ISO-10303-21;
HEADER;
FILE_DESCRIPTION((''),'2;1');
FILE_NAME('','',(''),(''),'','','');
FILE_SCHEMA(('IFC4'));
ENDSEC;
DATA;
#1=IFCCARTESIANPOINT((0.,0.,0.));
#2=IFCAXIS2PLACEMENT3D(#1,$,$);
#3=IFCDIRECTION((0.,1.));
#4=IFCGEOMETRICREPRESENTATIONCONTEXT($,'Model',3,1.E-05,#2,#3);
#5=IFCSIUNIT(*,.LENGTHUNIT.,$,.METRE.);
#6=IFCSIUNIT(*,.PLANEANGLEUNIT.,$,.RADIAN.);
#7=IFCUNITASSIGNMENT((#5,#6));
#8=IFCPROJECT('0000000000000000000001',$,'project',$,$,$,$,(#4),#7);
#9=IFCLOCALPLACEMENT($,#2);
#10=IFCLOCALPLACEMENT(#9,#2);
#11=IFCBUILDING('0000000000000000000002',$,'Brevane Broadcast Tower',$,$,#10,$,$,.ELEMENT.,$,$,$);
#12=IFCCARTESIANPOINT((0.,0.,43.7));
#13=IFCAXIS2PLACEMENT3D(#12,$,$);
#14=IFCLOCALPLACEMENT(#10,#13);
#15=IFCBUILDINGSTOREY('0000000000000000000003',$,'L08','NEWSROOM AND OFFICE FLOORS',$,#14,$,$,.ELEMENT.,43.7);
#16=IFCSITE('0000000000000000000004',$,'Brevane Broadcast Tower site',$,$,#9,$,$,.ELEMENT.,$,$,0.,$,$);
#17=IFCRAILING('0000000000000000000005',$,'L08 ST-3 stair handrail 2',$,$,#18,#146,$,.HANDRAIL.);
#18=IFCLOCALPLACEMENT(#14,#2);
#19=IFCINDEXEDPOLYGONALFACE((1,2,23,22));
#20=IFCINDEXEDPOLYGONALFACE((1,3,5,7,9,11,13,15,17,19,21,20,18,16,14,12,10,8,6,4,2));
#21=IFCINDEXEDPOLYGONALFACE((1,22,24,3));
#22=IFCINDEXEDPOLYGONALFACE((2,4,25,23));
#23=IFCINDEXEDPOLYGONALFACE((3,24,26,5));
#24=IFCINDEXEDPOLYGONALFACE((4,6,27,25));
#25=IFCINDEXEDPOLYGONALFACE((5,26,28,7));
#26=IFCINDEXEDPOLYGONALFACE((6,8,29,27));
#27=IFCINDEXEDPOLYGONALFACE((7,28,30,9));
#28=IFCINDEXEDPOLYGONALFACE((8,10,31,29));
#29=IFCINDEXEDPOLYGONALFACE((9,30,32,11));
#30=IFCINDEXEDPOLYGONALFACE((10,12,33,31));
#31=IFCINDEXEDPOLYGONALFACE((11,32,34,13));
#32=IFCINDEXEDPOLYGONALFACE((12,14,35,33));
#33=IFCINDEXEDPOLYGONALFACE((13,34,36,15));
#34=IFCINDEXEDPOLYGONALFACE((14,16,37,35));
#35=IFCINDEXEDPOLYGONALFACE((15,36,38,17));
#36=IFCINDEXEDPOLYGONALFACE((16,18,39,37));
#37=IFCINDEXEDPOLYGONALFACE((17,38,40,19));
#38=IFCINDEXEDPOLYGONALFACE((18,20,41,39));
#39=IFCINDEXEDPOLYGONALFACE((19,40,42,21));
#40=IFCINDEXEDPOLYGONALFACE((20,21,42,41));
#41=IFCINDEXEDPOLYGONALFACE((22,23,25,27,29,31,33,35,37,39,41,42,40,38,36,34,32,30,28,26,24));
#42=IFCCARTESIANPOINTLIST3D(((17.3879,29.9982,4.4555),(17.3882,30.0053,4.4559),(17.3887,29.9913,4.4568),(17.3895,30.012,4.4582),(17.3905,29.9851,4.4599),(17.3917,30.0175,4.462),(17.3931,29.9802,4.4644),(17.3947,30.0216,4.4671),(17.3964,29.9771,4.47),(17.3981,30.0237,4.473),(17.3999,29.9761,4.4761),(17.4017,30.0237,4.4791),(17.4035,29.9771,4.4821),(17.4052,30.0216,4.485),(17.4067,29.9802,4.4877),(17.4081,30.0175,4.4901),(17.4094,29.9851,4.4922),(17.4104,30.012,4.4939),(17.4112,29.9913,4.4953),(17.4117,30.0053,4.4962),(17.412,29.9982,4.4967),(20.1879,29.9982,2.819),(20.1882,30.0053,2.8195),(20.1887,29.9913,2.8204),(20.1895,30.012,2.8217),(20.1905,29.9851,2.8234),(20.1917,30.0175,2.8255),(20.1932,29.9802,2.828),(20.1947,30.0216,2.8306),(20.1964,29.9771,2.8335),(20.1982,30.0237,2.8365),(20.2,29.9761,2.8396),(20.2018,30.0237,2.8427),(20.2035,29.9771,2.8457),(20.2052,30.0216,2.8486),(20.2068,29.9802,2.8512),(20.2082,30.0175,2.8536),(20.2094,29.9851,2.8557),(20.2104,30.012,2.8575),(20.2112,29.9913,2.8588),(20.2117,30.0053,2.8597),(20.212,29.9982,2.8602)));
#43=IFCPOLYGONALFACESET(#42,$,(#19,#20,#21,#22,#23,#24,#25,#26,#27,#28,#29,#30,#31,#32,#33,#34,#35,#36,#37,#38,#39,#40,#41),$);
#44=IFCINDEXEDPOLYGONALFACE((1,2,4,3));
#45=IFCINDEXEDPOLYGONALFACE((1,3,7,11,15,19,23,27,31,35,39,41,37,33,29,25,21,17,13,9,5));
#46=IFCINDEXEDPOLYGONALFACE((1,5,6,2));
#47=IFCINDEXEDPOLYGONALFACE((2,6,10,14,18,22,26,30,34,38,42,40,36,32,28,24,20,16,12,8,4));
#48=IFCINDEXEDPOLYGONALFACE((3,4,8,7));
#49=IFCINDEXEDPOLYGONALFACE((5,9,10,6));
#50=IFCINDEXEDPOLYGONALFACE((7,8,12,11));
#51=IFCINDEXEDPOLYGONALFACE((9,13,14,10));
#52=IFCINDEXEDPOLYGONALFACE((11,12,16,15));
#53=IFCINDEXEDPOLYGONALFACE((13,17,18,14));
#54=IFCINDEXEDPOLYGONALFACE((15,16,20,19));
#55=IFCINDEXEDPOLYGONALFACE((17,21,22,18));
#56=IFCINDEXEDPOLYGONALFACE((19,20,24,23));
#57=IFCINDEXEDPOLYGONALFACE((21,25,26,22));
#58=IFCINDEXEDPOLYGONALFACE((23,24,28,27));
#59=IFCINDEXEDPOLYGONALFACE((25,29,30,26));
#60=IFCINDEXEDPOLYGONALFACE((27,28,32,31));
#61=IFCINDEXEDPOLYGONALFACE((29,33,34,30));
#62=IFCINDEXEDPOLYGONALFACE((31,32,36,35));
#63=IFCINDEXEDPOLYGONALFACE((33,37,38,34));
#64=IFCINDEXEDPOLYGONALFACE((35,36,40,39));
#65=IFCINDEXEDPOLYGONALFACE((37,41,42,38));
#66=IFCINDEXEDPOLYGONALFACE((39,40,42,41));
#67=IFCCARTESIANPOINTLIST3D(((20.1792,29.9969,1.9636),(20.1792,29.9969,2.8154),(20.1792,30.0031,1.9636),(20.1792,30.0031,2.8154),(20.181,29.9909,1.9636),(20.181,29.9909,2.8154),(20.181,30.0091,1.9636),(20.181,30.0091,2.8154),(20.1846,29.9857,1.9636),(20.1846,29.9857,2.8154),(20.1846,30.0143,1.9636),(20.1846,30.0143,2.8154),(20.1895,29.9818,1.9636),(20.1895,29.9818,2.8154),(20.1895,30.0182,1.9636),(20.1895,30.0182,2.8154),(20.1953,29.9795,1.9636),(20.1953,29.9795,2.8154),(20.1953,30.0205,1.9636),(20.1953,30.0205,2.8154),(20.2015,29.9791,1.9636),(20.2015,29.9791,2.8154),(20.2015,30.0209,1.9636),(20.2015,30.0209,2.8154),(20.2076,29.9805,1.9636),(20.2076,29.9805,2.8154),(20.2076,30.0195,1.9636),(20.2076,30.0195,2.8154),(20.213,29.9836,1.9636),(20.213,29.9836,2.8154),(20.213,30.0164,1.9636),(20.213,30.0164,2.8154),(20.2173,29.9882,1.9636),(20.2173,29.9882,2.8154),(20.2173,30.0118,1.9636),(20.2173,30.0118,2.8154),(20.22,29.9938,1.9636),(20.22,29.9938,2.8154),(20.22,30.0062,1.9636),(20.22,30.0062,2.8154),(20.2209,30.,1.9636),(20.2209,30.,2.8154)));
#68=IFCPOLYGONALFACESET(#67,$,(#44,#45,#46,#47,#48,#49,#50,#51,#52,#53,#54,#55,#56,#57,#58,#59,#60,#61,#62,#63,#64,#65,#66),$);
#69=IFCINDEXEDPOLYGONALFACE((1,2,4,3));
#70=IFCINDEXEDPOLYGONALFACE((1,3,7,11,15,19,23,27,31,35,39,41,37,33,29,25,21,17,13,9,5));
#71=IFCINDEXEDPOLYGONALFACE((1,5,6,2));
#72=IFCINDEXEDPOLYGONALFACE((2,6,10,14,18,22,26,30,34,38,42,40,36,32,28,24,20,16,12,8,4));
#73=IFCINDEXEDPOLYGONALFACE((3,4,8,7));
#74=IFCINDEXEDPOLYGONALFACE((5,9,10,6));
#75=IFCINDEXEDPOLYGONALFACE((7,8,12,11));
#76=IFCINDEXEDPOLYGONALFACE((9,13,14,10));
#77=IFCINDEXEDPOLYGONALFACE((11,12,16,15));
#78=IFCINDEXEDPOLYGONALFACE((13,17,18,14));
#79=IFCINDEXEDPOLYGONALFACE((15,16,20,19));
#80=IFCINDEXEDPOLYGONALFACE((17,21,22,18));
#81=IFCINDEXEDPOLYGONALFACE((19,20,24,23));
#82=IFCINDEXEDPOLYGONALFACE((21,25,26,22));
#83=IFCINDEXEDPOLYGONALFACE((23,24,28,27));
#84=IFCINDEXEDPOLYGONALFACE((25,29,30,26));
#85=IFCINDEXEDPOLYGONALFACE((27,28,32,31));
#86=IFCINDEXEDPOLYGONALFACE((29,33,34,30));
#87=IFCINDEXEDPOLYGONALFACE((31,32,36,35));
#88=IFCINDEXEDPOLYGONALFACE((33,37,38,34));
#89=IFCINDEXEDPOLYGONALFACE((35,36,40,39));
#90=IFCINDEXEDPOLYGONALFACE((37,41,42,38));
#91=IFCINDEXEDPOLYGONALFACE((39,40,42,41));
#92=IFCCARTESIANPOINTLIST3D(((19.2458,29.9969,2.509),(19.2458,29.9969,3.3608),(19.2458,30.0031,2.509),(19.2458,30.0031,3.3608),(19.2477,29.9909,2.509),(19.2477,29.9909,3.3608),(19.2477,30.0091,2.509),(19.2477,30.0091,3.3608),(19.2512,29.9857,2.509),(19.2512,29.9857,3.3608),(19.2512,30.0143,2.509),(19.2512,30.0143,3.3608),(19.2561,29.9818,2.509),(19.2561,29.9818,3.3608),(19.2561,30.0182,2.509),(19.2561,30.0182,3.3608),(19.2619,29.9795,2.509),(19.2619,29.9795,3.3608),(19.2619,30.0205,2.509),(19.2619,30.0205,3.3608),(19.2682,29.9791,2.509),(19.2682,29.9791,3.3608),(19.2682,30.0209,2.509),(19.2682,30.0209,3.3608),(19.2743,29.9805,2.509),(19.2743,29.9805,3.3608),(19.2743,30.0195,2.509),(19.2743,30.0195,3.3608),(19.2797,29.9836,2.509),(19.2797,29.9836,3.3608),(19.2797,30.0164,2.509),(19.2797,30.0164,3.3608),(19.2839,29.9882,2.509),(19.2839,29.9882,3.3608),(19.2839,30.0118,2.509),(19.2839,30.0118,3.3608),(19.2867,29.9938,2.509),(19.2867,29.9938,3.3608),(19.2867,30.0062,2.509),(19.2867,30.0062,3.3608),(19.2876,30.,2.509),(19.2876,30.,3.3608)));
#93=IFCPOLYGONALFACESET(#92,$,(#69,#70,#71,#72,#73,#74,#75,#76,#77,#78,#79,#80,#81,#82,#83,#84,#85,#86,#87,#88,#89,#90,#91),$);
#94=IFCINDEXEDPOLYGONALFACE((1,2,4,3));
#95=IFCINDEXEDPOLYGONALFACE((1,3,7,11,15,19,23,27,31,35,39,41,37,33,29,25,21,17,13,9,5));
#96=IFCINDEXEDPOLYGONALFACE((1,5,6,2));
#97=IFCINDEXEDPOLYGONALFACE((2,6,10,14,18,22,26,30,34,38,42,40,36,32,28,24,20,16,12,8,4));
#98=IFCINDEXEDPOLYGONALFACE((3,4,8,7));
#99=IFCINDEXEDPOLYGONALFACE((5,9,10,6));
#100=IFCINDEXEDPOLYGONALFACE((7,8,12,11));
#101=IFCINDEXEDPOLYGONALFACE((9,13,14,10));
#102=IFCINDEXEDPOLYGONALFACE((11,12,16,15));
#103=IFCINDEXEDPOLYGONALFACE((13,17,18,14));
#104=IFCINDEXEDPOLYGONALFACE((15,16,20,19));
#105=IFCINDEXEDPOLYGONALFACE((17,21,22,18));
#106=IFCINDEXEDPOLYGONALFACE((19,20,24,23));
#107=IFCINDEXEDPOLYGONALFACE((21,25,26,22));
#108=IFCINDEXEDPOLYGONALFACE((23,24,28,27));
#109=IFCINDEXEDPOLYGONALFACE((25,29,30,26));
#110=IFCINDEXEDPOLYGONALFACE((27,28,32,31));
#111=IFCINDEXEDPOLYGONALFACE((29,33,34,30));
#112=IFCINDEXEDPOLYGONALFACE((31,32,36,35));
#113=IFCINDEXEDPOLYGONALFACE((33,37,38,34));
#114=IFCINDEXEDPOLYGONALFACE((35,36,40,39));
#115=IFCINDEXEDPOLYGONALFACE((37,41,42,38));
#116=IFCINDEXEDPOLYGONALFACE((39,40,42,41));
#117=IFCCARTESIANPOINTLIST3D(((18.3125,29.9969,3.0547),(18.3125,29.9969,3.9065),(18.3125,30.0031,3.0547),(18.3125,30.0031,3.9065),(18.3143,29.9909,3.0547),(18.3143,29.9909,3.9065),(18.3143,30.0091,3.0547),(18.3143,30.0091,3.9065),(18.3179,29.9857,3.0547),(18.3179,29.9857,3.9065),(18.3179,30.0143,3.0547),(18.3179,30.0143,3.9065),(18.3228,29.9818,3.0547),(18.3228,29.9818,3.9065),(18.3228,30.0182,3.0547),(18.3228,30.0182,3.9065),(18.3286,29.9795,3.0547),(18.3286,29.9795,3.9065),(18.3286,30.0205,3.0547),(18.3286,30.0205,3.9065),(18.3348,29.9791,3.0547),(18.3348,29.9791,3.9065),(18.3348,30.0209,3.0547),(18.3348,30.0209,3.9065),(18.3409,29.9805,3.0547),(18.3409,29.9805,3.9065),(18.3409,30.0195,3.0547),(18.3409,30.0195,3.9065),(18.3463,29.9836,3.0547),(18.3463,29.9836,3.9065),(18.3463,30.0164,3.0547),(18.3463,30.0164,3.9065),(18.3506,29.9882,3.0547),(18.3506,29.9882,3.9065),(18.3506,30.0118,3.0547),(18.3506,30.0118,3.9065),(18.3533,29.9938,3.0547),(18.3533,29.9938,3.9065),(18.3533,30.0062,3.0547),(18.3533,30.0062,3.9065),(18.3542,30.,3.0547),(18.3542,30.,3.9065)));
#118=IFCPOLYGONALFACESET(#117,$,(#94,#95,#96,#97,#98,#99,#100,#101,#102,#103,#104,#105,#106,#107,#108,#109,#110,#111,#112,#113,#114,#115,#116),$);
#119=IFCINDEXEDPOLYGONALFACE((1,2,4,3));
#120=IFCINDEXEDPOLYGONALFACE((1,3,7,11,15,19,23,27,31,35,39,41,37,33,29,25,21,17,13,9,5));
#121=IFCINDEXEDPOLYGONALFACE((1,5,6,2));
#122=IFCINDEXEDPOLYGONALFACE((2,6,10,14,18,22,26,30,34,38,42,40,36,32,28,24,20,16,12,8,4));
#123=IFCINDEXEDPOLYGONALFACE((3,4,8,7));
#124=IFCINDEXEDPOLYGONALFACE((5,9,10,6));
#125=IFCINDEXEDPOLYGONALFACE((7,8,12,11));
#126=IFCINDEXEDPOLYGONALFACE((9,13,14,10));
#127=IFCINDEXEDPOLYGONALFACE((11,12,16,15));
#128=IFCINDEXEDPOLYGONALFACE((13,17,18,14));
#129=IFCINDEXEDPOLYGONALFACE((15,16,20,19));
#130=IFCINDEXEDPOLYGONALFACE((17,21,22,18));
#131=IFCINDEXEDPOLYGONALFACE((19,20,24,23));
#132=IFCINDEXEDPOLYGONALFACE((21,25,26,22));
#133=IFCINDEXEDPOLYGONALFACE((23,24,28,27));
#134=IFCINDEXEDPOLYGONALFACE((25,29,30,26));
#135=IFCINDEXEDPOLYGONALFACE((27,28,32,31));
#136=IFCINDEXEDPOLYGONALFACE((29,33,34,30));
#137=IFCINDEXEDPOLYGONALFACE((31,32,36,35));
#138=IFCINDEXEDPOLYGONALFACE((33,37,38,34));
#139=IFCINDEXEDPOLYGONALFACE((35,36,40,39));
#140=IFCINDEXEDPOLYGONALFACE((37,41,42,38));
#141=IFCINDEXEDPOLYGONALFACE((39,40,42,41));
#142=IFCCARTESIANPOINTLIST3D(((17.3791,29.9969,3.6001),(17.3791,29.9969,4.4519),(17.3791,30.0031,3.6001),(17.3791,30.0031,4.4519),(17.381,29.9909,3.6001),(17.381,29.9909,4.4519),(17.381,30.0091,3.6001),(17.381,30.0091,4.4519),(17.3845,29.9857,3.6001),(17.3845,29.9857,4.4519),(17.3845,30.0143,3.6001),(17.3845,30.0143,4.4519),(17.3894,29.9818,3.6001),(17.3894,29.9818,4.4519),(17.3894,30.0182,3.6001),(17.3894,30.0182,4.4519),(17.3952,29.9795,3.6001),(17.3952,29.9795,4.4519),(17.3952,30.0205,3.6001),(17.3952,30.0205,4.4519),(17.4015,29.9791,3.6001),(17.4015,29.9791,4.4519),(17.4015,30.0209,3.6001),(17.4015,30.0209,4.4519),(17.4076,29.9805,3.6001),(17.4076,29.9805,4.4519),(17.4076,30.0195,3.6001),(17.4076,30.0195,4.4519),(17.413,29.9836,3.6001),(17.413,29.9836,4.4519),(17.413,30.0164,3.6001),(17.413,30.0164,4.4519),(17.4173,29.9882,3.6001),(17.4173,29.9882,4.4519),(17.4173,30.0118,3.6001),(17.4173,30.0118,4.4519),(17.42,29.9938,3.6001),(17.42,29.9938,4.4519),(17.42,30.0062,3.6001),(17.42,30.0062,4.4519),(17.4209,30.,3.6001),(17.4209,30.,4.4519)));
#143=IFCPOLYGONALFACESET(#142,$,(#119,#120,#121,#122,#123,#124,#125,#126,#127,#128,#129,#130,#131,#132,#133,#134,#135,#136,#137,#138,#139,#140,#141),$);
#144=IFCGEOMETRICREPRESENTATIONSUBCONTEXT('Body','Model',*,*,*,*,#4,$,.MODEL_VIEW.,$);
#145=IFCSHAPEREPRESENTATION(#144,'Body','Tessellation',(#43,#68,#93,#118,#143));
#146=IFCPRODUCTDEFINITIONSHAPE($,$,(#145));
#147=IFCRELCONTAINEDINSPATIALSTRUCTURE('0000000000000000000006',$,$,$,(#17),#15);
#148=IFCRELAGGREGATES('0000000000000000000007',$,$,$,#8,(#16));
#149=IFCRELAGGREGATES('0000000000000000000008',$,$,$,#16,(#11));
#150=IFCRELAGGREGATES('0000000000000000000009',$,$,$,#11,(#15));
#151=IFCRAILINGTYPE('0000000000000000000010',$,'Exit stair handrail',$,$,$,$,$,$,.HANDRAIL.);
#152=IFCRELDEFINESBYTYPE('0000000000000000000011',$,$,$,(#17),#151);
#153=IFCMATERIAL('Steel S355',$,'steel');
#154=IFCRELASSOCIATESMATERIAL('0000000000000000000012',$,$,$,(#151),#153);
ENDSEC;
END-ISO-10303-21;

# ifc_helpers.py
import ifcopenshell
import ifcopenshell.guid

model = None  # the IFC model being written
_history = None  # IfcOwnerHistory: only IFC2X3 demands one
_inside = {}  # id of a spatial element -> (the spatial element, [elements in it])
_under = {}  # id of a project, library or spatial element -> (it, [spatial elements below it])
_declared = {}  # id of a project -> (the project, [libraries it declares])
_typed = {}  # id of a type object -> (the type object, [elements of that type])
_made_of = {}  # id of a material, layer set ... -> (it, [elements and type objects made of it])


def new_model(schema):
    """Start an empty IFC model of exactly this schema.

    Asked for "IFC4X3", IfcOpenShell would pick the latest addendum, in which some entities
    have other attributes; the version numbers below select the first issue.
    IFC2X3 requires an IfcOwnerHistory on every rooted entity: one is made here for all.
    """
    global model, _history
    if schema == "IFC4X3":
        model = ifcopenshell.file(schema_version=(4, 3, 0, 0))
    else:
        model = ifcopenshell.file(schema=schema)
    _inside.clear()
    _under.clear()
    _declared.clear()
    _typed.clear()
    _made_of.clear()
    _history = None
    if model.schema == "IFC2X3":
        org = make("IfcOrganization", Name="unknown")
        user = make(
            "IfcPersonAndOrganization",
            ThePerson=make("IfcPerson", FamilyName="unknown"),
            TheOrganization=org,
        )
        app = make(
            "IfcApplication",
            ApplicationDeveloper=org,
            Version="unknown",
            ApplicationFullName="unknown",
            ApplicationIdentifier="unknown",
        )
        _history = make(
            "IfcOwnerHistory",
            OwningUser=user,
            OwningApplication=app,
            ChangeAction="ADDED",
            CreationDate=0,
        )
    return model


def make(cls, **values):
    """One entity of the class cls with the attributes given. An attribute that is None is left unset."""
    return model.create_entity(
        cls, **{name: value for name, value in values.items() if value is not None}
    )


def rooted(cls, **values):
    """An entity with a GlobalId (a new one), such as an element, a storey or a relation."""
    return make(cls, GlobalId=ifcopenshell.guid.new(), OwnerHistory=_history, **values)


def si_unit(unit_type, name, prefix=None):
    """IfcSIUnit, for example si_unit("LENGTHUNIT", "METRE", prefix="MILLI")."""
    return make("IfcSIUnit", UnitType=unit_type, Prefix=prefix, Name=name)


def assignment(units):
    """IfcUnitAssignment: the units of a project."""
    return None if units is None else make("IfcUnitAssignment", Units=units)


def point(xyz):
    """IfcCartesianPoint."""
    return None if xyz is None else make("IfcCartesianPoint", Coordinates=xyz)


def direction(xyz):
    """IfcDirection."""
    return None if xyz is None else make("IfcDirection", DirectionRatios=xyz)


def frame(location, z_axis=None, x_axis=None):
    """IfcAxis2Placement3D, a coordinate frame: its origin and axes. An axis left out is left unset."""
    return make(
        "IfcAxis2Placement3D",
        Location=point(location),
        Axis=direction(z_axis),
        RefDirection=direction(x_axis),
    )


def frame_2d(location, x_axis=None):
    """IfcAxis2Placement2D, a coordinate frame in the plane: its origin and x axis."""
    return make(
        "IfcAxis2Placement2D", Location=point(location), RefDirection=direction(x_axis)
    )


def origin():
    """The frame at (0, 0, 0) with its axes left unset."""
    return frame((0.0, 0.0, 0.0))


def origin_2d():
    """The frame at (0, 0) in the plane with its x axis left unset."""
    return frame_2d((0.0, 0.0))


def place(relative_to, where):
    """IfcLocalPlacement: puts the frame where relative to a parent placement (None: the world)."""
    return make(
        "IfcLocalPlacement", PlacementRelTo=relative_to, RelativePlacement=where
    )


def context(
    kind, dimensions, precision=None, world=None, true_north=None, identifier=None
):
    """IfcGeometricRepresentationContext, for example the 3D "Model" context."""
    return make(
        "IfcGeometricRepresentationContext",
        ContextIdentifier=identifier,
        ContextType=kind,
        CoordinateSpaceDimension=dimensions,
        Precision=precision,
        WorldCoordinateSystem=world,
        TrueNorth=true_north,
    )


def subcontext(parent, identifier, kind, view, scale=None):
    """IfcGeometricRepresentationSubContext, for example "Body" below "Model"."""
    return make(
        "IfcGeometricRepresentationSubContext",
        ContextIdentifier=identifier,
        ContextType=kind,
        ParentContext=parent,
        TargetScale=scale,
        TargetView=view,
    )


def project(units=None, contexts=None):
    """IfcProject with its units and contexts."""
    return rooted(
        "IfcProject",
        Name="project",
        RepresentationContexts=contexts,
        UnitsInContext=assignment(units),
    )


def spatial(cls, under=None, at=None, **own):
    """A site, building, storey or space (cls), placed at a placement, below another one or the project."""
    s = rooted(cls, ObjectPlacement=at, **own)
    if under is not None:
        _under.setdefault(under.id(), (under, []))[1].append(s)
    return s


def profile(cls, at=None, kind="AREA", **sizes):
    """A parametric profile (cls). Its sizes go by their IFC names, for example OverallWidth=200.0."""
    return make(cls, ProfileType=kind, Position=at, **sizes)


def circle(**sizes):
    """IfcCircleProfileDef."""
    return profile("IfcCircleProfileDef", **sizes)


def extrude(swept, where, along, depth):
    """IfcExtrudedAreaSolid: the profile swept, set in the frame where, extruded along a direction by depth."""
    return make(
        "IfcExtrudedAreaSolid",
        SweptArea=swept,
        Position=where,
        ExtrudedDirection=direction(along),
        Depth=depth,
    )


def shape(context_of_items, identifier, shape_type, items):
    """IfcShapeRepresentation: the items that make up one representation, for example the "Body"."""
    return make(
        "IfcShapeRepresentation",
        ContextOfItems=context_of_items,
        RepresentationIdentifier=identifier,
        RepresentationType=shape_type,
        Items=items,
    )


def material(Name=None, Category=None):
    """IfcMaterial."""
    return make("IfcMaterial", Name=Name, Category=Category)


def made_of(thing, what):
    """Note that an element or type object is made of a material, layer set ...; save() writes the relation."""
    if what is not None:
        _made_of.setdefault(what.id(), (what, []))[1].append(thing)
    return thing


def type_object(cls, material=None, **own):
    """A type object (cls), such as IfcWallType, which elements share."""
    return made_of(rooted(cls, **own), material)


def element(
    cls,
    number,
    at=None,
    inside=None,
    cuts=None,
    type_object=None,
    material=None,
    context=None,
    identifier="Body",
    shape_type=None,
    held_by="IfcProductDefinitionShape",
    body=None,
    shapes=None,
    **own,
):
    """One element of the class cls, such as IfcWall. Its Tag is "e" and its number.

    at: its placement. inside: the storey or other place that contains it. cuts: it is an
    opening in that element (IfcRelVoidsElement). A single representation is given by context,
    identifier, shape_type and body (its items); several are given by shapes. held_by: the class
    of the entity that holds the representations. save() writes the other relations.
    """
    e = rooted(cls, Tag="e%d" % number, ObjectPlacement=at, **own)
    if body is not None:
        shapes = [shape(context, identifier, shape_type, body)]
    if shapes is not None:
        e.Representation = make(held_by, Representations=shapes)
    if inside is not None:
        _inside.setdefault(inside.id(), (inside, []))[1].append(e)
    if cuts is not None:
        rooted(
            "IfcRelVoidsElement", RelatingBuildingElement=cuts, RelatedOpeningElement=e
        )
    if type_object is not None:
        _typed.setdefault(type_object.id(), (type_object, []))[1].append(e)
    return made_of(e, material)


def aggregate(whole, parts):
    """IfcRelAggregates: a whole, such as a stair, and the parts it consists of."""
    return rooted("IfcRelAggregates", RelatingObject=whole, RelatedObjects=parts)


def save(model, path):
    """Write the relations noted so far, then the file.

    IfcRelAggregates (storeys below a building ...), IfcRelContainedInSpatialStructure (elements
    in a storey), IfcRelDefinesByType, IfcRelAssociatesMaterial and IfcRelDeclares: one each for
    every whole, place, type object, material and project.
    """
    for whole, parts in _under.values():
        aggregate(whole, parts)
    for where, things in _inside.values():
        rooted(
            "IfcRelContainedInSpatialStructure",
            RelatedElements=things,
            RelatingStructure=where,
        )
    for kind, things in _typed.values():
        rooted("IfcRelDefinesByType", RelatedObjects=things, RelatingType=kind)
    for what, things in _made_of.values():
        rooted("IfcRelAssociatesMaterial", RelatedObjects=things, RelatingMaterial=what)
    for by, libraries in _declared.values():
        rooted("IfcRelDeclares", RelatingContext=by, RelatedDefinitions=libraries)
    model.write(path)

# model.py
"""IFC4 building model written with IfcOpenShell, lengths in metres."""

from ifc_helpers import new_model, si_unit, direction, frame, origin, origin_2d, place, context, subcontext, project, spatial, circle, extrude, material, type_object, element, save


model = new_model("IFC4")

# Units and contexts
model_context = context("Model", 3, precision=1e-05, world=origin(), true_north=direction((0.0, 1.0)))
body_context = subcontext(model_context, "Body", "Model", "MODEL_VIEW")
ifc_project = project(units=[si_unit("LENGTHUNIT", "METRE"), si_unit("PLANEANGLEUNIT", "RADIAN")], contexts=[model_context])

# Site, building, storey
site_placement = place(None, origin())
site = spatial("IfcSite", under=ifc_project, at=site_placement, Name="Brevane Broadcast Tower site", CompositionType="ELEMENT", RefElevation=0.0)
building_placement = place(site_placement, origin())
building = spatial("IfcBuilding", under=site, at=building_placement, Name="Brevane Broadcast Tower", CompositionType="ELEMENT")
storey_placement = place(building_placement, frame((0.0, 0.0, 43.7)))
storey = spatial("IfcBuildingStorey", under=building, at=storey_placement, Name="L08", Description="NEWSROOM AND OFFICE FLOORS", CompositionType="ELEMENT", Elevation=43.7)

# Railing
ifc_material_1 = material(Name="Steel S355", Category="steel")
railing_type_1 = type_object("IfcRailingType", Name="Exit stair handrail", PredefinedType="HANDRAIL", material=ifc_material_1)
railing_1_placement = place(storey_placement, frame((20.2, 30.0, 1.9636)))
element("IfcRailing", 1, at=railing_1_placement, inside=storey, type_object=railing_type_1, Name="L08 ST-3 stair handrail 2", PredefinedType="HANDRAIL", context=body_context, shape_type="SweptSolid", body=[
    extrude(circle(Radius=0.0239, at=origin_2d()), frame((0.0, 0.0, 0.876), z_axis=(-0.863361, 0.0, 0.504587), x_axis=(0.0, -1.0, 0.0)), (0.0, 0.0, 1.0), 3.2432),
    extrude(circle(Radius=0.021, at=origin_2d()), origin(), (0.0, 0.0, 1.0), 0.8518),
    extrude(circle(Radius=0.021, at=origin_2d()), frame((-0.9333, 0.0, 0.5454)), (0.0, 0.0, 1.0), 0.8518),
    extrude(circle(Radius=0.021, at=origin_2d()), frame((-1.8667, 0.0, 1.0911)), (0.0, 0.0, 1.0), 0.8518),
    extrude(circle(Radius=0.021, at=origin_2d()), frame((-2.8, 0.0, 1.6365)), (0.0, 0.0, 1.0), 0.8518),
])

save(model, "model.ifc")
